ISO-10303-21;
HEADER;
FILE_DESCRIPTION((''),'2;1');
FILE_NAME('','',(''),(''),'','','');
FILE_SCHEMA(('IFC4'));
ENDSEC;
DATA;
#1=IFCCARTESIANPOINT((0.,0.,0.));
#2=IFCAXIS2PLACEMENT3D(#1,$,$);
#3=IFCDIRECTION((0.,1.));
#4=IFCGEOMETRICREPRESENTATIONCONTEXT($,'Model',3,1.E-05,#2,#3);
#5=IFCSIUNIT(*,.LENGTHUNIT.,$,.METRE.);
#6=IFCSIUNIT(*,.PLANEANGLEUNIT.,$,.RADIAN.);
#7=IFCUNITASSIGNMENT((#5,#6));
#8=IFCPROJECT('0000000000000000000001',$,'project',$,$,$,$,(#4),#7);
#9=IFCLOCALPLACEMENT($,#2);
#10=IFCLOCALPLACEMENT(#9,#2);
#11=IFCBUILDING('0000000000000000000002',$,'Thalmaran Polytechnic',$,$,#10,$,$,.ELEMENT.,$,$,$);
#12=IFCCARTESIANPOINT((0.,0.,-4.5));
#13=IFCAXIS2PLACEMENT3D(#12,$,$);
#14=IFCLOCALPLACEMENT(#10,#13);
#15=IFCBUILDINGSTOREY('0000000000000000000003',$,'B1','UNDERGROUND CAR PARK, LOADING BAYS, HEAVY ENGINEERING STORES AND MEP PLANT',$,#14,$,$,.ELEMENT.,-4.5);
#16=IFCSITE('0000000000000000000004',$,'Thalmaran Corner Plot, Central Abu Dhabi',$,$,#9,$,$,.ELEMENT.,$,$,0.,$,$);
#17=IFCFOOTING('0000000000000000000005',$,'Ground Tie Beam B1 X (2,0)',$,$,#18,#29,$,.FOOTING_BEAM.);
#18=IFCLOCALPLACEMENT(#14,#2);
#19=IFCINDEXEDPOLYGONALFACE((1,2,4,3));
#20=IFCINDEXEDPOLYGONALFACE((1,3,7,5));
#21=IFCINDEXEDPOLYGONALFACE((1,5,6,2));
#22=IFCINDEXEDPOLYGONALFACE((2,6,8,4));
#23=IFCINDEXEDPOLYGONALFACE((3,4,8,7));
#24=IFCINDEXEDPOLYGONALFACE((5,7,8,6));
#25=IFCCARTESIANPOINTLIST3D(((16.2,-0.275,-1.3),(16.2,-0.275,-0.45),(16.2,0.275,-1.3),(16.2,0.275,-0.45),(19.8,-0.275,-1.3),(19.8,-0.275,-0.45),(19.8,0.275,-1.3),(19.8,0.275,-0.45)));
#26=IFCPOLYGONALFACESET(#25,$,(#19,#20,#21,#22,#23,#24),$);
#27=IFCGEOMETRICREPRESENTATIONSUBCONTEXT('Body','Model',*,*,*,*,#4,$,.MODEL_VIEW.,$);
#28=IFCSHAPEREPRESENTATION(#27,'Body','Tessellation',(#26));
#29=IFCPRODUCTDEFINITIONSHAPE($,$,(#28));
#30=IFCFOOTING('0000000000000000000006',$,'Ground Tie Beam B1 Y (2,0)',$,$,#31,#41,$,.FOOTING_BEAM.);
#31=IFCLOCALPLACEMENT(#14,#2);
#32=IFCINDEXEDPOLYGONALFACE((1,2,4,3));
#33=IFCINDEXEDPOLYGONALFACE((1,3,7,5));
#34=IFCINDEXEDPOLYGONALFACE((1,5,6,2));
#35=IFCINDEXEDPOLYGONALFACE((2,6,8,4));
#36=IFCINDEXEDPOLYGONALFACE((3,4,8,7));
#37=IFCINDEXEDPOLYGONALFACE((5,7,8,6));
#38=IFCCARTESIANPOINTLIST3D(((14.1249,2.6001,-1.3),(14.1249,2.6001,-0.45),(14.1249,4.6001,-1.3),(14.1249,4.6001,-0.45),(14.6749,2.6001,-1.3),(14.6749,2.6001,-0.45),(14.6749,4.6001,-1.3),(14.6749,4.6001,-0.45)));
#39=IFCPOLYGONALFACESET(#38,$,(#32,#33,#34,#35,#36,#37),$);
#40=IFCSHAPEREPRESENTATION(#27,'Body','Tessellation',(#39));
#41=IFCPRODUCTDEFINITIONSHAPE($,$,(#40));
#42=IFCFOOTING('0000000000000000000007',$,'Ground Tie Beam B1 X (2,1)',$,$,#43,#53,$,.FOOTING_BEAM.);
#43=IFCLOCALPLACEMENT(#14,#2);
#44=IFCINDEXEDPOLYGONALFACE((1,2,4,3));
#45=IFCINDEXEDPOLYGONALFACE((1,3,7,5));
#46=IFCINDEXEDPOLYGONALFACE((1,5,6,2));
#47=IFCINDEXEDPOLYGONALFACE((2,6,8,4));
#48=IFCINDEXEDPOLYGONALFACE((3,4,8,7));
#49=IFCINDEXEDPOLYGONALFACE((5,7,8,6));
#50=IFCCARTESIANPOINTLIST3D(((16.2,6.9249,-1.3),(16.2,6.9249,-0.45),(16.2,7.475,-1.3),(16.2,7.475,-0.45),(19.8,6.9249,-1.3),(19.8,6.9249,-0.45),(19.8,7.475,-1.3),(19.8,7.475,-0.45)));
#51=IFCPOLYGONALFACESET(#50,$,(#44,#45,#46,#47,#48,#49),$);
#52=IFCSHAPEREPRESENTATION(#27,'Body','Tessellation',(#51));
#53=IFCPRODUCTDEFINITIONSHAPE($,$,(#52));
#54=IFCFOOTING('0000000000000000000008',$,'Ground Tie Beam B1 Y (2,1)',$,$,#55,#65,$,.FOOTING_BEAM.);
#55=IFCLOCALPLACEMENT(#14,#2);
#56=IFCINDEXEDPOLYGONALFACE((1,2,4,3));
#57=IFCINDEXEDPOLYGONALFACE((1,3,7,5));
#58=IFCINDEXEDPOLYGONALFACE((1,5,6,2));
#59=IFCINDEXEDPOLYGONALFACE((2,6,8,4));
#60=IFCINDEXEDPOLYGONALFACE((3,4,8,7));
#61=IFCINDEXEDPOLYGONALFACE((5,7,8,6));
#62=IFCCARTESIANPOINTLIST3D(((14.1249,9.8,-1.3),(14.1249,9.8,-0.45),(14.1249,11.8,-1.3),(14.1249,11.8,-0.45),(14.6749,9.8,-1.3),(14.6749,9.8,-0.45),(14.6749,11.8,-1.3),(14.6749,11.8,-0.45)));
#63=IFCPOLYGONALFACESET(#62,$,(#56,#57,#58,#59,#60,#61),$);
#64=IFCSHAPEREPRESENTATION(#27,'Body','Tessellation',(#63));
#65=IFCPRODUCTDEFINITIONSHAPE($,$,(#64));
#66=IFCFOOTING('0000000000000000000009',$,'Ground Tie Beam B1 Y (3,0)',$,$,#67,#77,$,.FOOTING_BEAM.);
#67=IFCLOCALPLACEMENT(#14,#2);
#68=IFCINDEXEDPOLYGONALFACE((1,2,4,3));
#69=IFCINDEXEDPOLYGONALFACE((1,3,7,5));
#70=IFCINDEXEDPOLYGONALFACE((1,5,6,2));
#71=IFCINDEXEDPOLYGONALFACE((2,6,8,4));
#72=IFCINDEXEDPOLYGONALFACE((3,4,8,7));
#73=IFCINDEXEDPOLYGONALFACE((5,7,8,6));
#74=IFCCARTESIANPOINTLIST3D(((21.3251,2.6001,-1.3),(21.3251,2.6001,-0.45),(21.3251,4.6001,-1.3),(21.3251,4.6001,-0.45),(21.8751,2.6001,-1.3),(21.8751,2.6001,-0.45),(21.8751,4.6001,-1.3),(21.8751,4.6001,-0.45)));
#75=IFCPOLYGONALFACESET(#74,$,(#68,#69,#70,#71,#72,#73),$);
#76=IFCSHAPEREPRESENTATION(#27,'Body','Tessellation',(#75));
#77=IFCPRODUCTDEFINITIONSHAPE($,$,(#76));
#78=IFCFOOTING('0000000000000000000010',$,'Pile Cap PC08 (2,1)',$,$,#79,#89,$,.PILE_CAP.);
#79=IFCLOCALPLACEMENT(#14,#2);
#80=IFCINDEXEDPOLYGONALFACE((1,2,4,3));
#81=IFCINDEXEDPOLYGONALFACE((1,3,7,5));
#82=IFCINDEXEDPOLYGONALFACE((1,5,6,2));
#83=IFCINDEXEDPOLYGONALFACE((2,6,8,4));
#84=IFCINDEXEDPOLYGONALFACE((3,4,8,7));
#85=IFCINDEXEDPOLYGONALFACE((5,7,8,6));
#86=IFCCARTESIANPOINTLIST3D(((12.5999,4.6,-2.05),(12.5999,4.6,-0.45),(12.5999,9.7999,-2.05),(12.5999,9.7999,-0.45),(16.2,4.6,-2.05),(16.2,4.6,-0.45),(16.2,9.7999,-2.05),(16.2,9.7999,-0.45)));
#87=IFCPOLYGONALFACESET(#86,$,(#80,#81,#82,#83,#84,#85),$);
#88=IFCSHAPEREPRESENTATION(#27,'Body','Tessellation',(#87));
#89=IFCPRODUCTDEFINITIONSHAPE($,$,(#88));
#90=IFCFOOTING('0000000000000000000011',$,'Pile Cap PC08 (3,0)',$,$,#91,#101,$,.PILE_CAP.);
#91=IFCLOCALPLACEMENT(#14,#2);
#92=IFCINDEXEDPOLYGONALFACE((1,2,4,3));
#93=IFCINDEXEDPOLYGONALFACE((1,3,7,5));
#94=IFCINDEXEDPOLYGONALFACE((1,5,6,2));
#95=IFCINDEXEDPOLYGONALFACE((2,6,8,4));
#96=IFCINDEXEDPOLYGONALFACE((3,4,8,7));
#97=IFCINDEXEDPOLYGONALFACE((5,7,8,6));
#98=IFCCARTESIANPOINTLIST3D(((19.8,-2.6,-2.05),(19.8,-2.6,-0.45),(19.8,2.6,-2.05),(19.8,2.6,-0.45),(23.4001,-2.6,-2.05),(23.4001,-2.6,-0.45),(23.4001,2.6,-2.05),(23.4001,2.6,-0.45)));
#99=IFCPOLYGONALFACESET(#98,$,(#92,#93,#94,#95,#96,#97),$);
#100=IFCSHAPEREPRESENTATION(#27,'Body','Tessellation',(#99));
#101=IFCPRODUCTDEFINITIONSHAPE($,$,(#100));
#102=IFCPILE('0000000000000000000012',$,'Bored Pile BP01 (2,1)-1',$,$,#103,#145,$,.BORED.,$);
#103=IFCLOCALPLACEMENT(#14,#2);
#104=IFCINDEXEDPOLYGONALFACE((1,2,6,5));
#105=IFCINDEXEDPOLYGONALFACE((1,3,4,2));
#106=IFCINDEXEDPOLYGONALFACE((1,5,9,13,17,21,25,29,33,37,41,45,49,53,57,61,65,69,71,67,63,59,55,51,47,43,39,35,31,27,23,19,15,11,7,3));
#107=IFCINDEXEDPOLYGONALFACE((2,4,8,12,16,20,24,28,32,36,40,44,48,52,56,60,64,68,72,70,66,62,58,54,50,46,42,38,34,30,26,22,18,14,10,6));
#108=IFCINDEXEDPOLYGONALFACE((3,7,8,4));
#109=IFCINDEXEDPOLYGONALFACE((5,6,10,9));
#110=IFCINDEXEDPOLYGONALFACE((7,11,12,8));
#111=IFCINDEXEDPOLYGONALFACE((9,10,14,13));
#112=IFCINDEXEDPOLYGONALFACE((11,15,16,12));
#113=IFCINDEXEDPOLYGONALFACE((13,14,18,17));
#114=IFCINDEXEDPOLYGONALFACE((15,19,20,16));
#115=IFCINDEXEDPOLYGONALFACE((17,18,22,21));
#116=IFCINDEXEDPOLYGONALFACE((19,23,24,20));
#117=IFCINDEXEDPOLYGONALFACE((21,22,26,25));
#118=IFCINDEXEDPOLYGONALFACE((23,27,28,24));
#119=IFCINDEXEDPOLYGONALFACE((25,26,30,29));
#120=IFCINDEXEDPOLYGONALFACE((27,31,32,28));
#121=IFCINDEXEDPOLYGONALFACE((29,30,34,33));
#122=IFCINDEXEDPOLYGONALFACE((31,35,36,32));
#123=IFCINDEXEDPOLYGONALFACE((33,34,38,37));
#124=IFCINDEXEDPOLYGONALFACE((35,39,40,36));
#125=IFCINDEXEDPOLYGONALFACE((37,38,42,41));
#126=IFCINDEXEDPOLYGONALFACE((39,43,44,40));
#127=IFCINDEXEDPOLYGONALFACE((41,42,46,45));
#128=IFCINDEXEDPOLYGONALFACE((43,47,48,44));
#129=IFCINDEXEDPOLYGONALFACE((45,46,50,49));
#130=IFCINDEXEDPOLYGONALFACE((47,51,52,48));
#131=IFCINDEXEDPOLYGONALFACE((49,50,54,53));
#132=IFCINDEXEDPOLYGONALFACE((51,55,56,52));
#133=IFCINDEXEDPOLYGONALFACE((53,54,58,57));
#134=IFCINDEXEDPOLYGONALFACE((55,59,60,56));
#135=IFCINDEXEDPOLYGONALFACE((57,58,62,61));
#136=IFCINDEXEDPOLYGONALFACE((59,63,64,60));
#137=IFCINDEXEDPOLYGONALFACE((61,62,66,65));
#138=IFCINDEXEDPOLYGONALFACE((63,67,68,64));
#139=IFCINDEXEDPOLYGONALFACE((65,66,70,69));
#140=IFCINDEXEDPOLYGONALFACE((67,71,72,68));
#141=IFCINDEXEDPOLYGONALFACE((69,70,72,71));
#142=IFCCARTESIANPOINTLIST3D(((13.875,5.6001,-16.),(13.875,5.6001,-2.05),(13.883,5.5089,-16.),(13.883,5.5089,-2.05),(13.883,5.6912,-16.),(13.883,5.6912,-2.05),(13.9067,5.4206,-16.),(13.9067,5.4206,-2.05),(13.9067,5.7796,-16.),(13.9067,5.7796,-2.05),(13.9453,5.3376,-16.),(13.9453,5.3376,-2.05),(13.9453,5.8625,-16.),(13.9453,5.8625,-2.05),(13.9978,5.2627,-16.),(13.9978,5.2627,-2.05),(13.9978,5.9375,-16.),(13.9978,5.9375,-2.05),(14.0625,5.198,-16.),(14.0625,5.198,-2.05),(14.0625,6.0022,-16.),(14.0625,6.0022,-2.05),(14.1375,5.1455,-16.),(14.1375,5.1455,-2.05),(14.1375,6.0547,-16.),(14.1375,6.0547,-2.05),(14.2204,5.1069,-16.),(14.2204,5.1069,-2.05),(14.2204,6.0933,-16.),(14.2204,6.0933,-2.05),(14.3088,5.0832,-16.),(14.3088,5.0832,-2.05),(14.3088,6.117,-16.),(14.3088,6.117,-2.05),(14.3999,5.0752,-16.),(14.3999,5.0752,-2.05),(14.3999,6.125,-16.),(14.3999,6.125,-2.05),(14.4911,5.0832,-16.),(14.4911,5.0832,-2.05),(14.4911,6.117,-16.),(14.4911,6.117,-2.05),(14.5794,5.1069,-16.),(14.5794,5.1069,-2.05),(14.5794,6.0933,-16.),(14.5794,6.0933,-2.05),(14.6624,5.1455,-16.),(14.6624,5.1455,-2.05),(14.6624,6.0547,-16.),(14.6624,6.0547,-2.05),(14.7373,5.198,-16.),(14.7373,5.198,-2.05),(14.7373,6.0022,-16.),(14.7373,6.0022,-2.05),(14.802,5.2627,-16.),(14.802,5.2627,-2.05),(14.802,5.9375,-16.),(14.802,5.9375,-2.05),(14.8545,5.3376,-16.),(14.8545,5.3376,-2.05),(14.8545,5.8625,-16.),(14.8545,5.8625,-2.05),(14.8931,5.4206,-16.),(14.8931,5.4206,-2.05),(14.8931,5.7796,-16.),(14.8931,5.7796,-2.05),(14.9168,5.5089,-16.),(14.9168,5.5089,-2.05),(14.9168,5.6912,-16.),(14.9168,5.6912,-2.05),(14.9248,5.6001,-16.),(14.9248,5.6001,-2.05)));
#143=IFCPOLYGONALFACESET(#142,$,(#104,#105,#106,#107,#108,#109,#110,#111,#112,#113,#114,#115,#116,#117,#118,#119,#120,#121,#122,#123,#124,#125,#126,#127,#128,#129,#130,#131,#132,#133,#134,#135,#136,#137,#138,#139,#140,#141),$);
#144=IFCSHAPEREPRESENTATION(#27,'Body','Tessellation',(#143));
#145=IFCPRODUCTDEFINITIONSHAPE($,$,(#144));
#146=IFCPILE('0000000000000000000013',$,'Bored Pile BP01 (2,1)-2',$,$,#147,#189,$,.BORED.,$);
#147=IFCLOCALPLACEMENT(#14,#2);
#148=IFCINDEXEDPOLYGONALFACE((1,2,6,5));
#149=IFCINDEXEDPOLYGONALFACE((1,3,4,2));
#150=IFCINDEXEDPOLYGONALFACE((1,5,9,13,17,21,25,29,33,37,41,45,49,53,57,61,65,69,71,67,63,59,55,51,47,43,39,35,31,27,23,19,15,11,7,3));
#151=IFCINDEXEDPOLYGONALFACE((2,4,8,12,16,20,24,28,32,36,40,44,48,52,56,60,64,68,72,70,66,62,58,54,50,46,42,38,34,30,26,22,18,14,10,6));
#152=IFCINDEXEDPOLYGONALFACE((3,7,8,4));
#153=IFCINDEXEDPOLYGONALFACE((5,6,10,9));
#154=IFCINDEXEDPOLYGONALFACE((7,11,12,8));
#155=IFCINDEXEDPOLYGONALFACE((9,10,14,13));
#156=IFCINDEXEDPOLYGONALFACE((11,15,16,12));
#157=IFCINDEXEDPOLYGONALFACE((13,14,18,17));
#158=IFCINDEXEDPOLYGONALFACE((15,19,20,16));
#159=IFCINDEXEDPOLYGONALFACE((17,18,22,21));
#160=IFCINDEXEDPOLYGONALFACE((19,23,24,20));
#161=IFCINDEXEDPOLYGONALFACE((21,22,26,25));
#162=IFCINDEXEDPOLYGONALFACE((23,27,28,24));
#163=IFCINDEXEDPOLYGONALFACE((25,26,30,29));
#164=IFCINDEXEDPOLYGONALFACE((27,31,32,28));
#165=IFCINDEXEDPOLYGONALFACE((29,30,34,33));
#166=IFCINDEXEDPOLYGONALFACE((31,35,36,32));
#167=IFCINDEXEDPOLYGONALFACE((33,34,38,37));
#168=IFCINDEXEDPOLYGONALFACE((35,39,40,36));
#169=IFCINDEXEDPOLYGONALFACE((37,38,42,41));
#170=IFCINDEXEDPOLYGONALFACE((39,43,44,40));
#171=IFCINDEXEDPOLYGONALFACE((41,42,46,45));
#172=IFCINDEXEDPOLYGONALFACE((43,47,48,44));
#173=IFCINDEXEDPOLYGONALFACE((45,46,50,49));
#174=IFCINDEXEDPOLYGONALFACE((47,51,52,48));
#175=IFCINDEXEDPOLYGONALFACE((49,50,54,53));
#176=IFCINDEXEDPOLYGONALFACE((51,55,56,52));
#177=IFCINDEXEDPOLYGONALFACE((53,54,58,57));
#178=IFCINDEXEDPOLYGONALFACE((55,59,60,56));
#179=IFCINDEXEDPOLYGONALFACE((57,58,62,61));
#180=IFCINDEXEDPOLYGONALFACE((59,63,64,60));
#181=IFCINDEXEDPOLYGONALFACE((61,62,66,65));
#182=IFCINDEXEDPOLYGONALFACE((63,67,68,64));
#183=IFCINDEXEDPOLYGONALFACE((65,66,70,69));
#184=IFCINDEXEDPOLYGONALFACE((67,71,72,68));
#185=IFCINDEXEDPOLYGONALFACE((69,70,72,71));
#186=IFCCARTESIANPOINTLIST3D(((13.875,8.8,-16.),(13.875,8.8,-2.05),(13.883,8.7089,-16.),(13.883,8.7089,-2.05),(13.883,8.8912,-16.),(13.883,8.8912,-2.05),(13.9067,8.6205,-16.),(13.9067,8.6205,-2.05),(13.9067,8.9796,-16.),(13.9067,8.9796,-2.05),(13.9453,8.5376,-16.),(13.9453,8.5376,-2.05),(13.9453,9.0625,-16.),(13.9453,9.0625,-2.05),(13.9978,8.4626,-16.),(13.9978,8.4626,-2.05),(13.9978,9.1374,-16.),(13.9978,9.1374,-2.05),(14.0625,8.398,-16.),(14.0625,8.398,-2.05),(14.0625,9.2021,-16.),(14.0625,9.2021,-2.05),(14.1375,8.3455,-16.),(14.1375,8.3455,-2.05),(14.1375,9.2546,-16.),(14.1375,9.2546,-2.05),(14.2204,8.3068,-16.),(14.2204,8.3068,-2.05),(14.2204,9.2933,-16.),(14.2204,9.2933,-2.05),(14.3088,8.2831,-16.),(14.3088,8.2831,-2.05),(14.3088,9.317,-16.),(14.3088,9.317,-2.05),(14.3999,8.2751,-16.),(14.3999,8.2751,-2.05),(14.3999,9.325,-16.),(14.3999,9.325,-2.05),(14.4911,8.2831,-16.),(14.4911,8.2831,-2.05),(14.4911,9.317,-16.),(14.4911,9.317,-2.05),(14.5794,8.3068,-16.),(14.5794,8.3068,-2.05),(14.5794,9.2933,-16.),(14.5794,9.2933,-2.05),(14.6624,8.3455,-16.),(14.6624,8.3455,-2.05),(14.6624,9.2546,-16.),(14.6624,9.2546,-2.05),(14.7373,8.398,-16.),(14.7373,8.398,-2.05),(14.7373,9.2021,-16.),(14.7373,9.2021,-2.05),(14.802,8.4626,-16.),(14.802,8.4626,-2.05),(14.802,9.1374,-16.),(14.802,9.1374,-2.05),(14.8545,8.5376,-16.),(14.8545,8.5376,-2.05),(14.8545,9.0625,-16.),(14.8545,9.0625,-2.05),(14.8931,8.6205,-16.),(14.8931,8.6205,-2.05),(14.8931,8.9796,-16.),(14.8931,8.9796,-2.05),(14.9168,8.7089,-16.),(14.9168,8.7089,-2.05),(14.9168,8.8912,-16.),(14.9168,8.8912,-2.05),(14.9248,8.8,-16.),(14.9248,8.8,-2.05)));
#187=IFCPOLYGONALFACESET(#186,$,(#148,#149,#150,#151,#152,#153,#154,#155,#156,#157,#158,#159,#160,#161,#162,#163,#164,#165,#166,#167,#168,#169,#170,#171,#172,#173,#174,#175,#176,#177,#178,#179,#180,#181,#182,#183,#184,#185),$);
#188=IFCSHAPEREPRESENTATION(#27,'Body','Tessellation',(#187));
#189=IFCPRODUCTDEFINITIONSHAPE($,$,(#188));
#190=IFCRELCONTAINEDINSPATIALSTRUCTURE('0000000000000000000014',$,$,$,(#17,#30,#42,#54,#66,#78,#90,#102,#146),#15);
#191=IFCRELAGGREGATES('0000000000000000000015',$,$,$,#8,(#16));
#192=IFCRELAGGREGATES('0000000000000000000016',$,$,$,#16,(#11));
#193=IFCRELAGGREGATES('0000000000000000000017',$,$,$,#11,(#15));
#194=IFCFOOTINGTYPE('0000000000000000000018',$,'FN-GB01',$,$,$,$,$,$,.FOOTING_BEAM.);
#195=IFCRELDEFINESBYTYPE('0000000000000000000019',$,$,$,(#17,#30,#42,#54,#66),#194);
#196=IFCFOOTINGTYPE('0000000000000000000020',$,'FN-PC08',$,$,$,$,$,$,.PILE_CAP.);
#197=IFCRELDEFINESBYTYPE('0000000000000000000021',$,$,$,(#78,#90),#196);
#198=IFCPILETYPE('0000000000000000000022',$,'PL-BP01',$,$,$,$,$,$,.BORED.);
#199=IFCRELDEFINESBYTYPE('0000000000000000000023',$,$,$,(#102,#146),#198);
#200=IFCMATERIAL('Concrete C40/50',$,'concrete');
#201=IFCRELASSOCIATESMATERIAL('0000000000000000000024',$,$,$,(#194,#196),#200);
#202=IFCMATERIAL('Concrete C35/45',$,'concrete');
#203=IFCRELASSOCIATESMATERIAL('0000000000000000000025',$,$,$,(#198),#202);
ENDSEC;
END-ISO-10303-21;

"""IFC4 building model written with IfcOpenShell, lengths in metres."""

from ifc_helpers import new_model, si_unit, direction, frame, origin, origin_2d, place, context, subcontext, project, spatial, rectangle, circle, extrude, material, material_profile, profile_set, type_object, element, save


model = new_model("IFC4")

# Units and contexts
model_context = context("Model", 3, precision=1e-05, world=origin(), true_north=direction((0.0, 1.0)))
body_context = subcontext(model_context, "Body", "Model", "MODEL_VIEW")
ifc_project = project(units=[si_unit("LENGTHUNIT", "METRE"), si_unit("PLANEANGLEUNIT", "RADIAN")], contexts=[model_context])

# Site, building, storey
site_placement = place(None, origin())
site = spatial("IfcSite", under=ifc_project, at=site_placement, Name="Thalmaran Corner Plot, Central Abu Dhabi", CompositionType="ELEMENT", RefElevation=0.0)
building_placement = place(site_placement, origin())
building = spatial("IfcBuilding", under=site, at=building_placement, Name="Thalmaran Polytechnic", CompositionType="ELEMENT")
storey_placement = place(building_placement, frame((0.0, 0.0, -4.5)))
storey = spatial("IfcBuildingStorey", under=building, at=storey_placement, Name="B1", Description="UNDERGROUND CAR PARK, LOADING BAYS, HEAVY ENGINEERING STORES AND MEP PLANT", CompositionType="ELEMENT", Elevation=-4.5)

# Footings
ifc_material_1 = material(Name="Concrete C40/50", Category="concrete")
ifc_material_profile_1 = material_profile(ifc_material_1, rectangle(XDim=0.55, YDim=0.8501, at=origin_2d()), Name="RC 550x850")
ifc_profile_set_1 = profile_set([ifc_material_profile_1], Name="Concrete C40/50")
footing_type_1 = type_object("IfcFootingType", Name="FN-GB01", PredefinedType="FOOTING_BEAM", material=ifc_profile_set_1)
footing_1_placement = place(storey_placement, frame((16.2, 0.0, -0.875), z_axis=(1.0, 0.0, 0.0), x_axis=(0.0, 1.0, 0.0)))
element("IfcFooting", 1, at=footing_1_placement, inside=storey, type_object=footing_type_1, Name="Ground Tie Beam B1 X (2,0)", PredefinedType="FOOTING_BEAM", context=body_context, shape_type="SweptSolid", body=[
    extrude(rectangle(XDim=0.55, YDim=0.8501, at=origin_2d()), origin(), (0.0, 0.0, 1.0), 3.6001),
])
footing_2_placement = place(storey_placement, frame((14.3999, 2.6001, -0.875), z_axis=(0.0, 1.0, 0.0), x_axis=(-1.0, 0.0, 0.0)))
element("IfcFooting", 2, at=footing_2_placement, inside=storey, type_object=footing_type_1, Name="Ground Tie Beam B1 Y (2,0)", PredefinedType="FOOTING_BEAM", context=body_context, shape_type="SweptSolid", body=[
    extrude(rectangle(XDim=0.55, YDim=0.8501, at=origin_2d()), origin(), (0.0, 0.0, 1.0), 2.0),
])
footing_3_placement = place(storey_placement, frame((16.2, 7.2, -0.875), z_axis=(1.0, 0.0, 0.0), x_axis=(0.0, 1.0, 0.0)))
element("IfcFooting", 3, at=footing_3_placement, inside=storey, type_object=footing_type_1, Name="Ground Tie Beam B1 X (2,1)", PredefinedType="FOOTING_BEAM", context=body_context, shape_type="SweptSolid", body=[
    extrude(rectangle(XDim=0.55, YDim=0.8501, at=origin_2d()), origin(), (0.0, 0.0, 1.0), 3.6001),
])
for number, where, z_axis, x_axis, name in (
    (4, (14.3999, 9.8, -0.875), (0.0, 1.0, 0.0), (-1.0, 0.0, 0.0), "Ground Tie Beam B1 Y (2,1)"),
    (5, (21.6001, 2.6001, -0.875), (0.0, 1.0, 0.0), (-1.0, 0.0, 0.0), "Ground Tie Beam B1 Y (3,0)"),
):
    element("IfcFooting", number, at=place(storey_placement, frame(where, z_axis=z_axis, x_axis=x_axis)), inside=storey, type_object=footing_type_1, Name=name, PredefinedType="FOOTING_BEAM", context=body_context, shape_type="SweptSolid", body=[
        extrude(rectangle(XDim=0.55, YDim=0.8501, at=origin_2d()), origin(), (0.0, 0.0, 1.0), 2.0),
    ])
footing_type_2 = type_object("IfcFootingType", Name="FN-PC08", PredefinedType="PILE_CAP", material=ifc_material_1)
for number, where, z_axis, x_axis, name in (
    (6, (14.3999, 7.2, -2.05), (0.0, 0.0, 1.0), (1.0, 0.0, 0.0), "Pile Cap PC08 (2,1)"),
    (7, (21.6001, 0.0, -2.05), (0.0, 0.0, 1.0), (1.0, 0.0, 0.0), "Pile Cap PC08 (3,0)"),
):
    element("IfcFooting", number, at=place(storey_placement, frame(where, z_axis=z_axis, x_axis=x_axis)), inside=storey, type_object=footing_type_2, Name=name, PredefinedType="PILE_CAP", context=body_context, shape_type="SweptSolid", body=[
        extrude(rectangle(XDim=3.6001, YDim=5.2, at=origin_2d()), origin(), (0.0, 0.0, 1.0), 1.6001),
    ])

# Piles
ifc_material_2 = material(Name="Concrete C35/45", Category="concrete")
ifc_material_profile_2 = material_profile(ifc_material_2, circle(Radius=0.5249, at=origin_2d()), Name="RC 1050 DIA")
ifc_profile_set_2 = profile_set([ifc_material_profile_2], Name="Concrete C35/45")
pile_type = type_object("IfcPileType", Name="PL-BP01", PredefinedType="BORED", material=ifc_profile_set_2)
for number, where, z_axis, x_axis, name in (
    (8, (14.3999, 5.6001, -2.05), (0.0, 0.0, -1.0), (1.0, 0.0, 0.0), "Bored Pile BP01 (2,1)-1"),
    (9, (14.3999, 8.8, -2.05), (0.0, 0.0, -1.0), (1.0, 0.0, 0.0), "Bored Pile BP01 (2,1)-2"),
):
    element("IfcPile", number, at=place(storey_placement, frame(where, z_axis=z_axis, x_axis=x_axis)), inside=storey, type_object=pile_type, Name=name, PredefinedType="BORED", context=body_context, shape_type="SweptSolid", body=[
        extrude(circle(Radius=0.5249, at=origin_2d()), origin(), (0.0, 0.0, 1.0), 13.95),
    ])

save(model, "model.ifc")
